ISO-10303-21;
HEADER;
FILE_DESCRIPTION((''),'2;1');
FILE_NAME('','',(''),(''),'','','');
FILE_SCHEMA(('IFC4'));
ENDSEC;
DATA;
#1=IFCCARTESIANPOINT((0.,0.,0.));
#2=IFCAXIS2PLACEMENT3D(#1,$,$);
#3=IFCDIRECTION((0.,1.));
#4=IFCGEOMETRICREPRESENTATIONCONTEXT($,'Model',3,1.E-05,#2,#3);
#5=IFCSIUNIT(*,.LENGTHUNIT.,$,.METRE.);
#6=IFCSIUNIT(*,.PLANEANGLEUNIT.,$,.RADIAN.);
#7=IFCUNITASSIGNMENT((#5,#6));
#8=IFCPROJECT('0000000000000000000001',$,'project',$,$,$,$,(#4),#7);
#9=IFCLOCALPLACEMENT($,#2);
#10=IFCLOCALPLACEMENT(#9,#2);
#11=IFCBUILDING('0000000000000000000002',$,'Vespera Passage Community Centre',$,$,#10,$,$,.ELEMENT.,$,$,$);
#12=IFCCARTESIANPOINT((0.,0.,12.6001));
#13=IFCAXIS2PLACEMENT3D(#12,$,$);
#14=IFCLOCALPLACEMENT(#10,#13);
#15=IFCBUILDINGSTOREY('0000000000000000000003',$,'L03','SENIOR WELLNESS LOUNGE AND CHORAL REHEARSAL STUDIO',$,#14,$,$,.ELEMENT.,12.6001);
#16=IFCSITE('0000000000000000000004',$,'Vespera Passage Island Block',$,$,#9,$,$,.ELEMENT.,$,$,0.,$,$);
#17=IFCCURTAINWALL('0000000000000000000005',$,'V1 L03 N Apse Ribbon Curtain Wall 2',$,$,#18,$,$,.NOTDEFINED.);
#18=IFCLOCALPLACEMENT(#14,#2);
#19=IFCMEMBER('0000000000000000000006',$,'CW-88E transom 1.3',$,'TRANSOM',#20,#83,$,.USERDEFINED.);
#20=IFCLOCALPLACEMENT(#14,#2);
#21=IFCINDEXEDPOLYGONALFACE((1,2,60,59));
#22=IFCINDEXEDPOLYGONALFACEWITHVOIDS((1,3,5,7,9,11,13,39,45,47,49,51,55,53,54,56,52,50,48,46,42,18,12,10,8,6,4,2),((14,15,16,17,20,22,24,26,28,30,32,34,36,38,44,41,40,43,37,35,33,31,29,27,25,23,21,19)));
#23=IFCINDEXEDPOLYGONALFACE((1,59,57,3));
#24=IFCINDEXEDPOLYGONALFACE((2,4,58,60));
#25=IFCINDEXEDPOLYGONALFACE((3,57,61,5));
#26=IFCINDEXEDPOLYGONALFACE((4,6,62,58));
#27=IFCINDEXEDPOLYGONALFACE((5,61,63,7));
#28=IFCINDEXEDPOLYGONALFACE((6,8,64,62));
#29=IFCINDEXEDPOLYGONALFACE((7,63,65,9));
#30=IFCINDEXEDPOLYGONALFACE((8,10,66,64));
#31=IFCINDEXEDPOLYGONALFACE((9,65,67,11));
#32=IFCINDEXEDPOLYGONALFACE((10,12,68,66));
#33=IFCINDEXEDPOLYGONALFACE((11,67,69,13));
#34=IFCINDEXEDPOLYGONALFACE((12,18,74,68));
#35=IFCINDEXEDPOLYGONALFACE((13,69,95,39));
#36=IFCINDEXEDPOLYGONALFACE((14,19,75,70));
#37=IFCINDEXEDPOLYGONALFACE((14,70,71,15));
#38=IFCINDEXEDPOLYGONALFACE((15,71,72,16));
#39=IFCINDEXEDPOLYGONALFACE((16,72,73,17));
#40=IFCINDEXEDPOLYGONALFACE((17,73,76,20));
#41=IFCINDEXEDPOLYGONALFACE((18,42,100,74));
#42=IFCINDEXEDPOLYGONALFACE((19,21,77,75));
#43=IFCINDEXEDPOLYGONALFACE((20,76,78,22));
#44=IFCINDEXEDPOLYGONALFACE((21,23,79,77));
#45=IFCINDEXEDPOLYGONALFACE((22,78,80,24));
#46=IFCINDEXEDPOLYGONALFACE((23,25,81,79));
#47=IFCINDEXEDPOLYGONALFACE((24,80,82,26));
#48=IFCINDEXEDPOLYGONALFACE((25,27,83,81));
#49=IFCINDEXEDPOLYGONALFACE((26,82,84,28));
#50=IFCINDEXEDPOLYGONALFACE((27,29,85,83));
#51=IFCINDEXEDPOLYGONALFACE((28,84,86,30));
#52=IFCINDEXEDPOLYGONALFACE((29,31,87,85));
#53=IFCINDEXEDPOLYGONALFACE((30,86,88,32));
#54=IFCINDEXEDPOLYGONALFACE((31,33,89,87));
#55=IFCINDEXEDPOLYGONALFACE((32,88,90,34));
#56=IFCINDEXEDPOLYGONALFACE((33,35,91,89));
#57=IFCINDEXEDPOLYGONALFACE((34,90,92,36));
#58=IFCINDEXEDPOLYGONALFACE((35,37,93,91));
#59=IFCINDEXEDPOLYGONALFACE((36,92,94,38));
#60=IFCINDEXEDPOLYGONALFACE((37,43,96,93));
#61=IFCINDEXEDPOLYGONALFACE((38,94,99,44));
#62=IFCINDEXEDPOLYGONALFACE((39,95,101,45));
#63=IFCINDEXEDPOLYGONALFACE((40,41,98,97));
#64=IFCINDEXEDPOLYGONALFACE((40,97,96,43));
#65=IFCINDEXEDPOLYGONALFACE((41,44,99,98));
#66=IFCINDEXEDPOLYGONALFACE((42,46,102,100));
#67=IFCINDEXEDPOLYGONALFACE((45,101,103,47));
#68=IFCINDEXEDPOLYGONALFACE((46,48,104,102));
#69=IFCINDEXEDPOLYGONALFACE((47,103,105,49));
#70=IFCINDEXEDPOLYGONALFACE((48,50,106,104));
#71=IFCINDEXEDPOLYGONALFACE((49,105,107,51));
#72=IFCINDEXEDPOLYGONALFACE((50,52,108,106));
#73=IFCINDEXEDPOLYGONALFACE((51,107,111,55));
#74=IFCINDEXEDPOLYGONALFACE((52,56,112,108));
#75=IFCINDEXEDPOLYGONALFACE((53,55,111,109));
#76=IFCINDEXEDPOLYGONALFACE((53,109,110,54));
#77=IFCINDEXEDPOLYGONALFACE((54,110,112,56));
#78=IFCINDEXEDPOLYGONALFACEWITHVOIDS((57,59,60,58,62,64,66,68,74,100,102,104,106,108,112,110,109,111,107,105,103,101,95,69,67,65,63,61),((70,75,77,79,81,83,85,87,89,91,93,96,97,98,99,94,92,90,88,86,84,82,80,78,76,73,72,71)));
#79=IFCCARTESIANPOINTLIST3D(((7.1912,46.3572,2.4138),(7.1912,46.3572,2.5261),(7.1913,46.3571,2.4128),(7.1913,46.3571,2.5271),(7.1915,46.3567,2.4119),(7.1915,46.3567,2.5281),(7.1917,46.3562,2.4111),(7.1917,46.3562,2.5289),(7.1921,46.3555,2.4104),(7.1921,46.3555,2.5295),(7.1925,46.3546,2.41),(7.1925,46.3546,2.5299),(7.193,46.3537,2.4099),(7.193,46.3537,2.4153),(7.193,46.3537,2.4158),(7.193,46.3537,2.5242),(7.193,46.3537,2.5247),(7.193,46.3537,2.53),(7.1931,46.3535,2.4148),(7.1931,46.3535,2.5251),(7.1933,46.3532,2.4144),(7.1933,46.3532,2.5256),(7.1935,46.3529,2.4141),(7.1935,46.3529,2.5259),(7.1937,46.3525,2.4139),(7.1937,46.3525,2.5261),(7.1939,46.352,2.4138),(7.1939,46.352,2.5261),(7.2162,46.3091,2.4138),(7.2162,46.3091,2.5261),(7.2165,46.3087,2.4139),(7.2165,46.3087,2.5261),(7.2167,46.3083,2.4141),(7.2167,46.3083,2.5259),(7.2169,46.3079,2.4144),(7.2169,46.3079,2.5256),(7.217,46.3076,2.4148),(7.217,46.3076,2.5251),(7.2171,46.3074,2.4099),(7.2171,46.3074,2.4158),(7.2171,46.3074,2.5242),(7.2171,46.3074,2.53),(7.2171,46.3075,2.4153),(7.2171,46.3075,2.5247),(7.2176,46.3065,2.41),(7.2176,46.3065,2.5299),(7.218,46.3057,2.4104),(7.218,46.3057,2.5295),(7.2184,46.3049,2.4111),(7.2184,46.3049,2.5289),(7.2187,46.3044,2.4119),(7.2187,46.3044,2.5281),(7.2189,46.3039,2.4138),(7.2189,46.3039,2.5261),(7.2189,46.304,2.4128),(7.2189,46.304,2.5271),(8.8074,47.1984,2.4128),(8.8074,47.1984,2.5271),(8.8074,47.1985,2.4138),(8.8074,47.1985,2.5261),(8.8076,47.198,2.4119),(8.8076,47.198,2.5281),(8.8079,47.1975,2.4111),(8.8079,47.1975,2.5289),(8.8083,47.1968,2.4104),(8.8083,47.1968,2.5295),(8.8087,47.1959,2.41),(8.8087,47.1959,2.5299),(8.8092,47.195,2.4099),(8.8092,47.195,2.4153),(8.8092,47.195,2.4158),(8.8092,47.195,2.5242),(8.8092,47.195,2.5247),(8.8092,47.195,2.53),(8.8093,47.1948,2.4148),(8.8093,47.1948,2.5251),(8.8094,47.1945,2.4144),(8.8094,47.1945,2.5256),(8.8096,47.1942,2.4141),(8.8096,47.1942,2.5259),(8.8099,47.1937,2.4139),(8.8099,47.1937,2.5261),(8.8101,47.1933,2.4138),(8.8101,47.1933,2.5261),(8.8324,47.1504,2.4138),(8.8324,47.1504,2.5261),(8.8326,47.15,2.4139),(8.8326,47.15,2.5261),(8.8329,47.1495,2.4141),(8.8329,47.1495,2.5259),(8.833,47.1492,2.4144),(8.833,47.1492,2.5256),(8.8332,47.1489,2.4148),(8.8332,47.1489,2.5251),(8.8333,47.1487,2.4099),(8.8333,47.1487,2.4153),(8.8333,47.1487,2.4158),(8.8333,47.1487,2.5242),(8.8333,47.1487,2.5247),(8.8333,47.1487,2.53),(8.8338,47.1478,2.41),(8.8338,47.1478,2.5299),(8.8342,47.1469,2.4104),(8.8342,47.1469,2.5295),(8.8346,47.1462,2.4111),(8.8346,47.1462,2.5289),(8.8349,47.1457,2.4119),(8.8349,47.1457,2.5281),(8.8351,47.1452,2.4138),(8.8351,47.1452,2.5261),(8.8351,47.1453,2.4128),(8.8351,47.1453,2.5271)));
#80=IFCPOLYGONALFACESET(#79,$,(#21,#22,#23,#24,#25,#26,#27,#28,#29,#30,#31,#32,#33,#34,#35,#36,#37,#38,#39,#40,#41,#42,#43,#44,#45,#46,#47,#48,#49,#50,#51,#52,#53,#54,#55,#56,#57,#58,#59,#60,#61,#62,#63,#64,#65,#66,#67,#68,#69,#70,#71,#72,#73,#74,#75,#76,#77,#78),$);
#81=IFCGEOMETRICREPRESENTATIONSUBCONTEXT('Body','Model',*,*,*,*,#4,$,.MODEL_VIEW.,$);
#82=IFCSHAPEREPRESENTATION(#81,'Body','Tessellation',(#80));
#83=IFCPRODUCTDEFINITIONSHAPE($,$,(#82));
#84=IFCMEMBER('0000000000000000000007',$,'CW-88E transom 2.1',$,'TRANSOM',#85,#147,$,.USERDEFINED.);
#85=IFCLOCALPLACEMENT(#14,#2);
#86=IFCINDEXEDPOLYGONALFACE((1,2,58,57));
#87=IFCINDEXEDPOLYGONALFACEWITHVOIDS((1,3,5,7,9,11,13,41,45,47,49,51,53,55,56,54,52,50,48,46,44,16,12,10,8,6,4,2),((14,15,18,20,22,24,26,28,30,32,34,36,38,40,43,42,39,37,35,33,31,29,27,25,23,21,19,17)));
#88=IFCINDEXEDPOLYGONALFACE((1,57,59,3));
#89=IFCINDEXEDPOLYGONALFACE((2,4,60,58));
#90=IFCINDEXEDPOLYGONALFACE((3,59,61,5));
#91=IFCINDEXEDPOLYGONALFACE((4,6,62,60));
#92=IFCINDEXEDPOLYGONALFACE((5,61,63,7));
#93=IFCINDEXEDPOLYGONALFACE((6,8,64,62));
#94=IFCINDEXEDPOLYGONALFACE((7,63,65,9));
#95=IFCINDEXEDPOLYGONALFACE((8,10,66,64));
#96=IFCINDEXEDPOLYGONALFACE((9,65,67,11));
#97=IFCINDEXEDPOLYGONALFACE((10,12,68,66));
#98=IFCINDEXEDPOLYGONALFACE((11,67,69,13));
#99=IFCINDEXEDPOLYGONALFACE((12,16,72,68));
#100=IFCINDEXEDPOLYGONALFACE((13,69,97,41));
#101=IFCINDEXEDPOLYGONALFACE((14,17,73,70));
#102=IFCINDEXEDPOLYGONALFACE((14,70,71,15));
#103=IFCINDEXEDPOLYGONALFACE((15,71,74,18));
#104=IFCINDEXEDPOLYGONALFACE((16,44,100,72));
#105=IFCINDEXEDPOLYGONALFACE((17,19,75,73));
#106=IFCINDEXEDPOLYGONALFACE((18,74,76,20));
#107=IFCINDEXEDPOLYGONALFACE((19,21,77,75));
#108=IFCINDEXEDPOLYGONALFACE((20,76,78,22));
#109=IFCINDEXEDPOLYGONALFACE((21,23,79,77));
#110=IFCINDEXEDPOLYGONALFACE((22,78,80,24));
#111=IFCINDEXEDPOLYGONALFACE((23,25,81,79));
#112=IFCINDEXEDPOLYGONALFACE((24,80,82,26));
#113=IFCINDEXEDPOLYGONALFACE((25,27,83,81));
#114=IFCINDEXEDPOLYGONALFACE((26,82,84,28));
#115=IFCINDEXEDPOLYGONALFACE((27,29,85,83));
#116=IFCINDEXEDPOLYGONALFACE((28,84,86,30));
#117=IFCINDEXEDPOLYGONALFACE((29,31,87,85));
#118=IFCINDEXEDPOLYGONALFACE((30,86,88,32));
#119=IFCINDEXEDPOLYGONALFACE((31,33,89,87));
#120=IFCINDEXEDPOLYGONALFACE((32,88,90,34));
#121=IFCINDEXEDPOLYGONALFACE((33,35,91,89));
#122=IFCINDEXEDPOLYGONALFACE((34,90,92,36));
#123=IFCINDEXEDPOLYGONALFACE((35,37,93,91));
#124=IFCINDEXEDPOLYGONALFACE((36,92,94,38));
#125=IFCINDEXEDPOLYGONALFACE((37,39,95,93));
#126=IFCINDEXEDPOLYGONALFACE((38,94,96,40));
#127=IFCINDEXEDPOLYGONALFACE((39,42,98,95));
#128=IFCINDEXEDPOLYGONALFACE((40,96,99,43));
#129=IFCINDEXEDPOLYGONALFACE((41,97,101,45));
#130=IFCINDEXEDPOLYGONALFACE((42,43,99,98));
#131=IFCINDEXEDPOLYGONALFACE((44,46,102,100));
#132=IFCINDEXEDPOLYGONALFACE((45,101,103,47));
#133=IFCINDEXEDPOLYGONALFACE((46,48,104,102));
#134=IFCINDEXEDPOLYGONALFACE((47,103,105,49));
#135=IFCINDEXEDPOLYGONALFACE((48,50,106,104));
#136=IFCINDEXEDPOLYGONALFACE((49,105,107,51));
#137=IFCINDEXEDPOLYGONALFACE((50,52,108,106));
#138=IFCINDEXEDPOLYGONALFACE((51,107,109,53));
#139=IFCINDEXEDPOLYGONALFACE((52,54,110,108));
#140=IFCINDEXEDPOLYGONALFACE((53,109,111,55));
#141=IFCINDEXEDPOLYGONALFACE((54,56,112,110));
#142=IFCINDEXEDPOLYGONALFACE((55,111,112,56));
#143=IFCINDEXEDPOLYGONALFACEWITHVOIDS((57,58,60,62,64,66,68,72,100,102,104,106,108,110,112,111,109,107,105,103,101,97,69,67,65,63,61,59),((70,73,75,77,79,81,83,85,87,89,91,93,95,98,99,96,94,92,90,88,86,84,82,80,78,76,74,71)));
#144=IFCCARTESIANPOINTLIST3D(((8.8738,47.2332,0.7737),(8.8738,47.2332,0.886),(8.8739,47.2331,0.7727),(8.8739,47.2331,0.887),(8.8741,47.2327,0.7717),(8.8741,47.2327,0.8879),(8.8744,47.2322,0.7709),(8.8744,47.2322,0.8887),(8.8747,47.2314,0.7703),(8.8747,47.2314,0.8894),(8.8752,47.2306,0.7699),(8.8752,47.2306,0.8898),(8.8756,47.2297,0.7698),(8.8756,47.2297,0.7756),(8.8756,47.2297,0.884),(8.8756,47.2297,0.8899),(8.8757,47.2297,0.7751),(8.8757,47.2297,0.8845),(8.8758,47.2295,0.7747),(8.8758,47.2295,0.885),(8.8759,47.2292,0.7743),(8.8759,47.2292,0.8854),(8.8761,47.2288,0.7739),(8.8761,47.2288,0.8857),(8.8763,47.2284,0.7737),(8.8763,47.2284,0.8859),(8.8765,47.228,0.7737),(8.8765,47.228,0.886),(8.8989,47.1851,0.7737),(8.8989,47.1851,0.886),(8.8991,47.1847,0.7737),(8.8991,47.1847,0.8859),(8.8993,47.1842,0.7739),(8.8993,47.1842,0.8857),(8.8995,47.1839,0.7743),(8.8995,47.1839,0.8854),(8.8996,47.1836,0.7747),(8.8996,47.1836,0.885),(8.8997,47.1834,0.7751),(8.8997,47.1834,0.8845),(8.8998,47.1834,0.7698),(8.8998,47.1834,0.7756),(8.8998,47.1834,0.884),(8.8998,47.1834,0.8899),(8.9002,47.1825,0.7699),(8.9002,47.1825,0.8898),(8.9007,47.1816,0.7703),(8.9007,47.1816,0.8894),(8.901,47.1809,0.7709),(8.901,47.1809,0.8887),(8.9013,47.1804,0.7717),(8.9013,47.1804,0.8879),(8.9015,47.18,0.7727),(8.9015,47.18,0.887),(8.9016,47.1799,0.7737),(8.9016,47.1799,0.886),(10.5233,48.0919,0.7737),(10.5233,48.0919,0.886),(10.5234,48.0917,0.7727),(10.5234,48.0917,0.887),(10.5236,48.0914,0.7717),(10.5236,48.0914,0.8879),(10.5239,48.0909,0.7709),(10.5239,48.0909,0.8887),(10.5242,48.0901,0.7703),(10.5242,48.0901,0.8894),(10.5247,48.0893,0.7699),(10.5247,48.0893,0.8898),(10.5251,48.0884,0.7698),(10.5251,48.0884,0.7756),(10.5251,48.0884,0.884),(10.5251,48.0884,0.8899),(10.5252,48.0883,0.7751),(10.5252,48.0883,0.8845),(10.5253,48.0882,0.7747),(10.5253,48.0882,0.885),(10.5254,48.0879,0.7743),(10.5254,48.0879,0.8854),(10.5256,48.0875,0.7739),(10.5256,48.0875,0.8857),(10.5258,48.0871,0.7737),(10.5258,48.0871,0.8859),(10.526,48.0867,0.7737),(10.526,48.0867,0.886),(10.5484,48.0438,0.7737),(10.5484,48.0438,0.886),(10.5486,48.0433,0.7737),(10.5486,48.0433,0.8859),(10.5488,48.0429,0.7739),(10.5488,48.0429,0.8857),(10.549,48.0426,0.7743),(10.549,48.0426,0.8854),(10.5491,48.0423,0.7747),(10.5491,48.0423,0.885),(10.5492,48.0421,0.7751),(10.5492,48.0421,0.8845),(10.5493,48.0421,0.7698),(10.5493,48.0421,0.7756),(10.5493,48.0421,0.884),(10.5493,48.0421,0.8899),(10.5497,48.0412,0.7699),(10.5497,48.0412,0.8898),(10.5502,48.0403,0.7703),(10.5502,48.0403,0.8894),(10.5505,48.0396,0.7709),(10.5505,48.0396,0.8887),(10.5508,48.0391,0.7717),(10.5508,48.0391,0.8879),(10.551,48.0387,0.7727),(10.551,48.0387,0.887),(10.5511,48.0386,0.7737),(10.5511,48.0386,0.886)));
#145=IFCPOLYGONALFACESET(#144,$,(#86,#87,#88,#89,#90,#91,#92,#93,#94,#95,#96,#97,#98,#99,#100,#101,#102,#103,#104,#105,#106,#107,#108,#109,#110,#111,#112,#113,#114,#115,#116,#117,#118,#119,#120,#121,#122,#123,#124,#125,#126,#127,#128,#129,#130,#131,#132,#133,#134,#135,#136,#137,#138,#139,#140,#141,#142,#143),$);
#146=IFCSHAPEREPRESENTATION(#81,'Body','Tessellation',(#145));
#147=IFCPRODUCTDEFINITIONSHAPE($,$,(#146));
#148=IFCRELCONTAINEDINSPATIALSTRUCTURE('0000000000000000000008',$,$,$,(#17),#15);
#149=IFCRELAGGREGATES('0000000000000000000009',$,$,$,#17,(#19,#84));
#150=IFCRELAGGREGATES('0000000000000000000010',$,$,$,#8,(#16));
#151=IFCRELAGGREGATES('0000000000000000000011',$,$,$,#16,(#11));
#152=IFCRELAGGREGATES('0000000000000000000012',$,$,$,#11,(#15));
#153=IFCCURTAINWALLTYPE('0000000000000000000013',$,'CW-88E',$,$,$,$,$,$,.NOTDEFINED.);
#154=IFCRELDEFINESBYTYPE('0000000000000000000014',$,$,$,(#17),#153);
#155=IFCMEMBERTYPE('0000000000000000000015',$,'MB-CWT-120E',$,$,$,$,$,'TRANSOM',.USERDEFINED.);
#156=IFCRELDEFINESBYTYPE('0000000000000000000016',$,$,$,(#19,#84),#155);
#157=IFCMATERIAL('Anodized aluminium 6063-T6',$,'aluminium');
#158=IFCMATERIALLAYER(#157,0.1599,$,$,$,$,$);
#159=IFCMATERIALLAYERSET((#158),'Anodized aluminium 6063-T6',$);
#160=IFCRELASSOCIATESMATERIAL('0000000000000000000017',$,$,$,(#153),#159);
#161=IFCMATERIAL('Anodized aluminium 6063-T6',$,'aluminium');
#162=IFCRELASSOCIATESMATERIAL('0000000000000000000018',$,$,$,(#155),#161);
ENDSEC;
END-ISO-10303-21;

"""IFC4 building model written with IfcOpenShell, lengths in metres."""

from ifc_helpers import new_model, si_unit, direction, frame, origin, origin_2d, place, context, subcontext, project, spatial, hollow_rectangle, extrude, material, layer, layer_set, material_profile, profile_set, type_object, element, aggregate, save


model = new_model("IFC4")

# Units and contexts
model_context = context("Model", 3, precision=1e-05, world=origin(), true_north=direction((0.0, 1.0)))
body_context = subcontext(model_context, "Body", "Model", "MODEL_VIEW")
ifc_project = project(units=[si_unit("LENGTHUNIT", "METRE"), si_unit("PLANEANGLEUNIT", "RADIAN")], contexts=[model_context])

# Site, building, storey
site_placement = place(None, origin())
site = spatial("IfcSite", under=ifc_project, at=site_placement, Name="Vespera Passage Island Block", CompositionType="ELEMENT", RefElevation=0.0)
building_placement = place(site_placement, origin())
building = spatial("IfcBuilding", under=site, at=building_placement, Name="Vespera Passage Community Centre", CompositionType="ELEMENT")
storey_placement = place(building_placement, frame((0.0, 0.0, 12.6001)))
storey = spatial("IfcBuildingStorey", under=building, at=storey_placement, Name="L03", Description="SENIOR WELLNESS LOUNGE AND CHORAL REHEARSAL STUDIO", CompositionType="ELEMENT", Elevation=12.6001)

# Curtain wall, members
ifc_material_1 = material(Name="Anodized aluminium 6063-T6", Category="aluminium")
ifc_layer_1 = layer(ifc_material_1, 0.1599)
ifc_layer_set_1 = layer_set([ifc_layer_1], Name="Anodized aluminium 6063-T6")
curtain_wall_type = type_object("IfcCurtainWallType", Name="CW-88E", PredefinedType="NOTDEFINED", material=ifc_layer_set_1)
curtain_wall_placement = place(storey_placement, origin())
curtain_wall = element("IfcCurtainWall", 1, at=curtain_wall_placement, inside=storey, type_object=curtain_wall_type, Name="V1 L03 N Apse Ribbon Curtain Wall 2", PredefinedType="NOTDEFINED")
ifc_material_2 = material(Name="Anodized aluminium 6063-T6", Category="aluminium")
ifc_material_profile_1 = material_profile(ifc_material_2, hollow_rectangle(XDim=0.0601, YDim=0.1201, WallThickness=0.0039, InnerFilletRadius=0.002, OuterFilletRadius=0.0039, at=origin_2d()), Name="ALU120X60X4")
ifc_profile_set_1 = profile_set([ifc_material_profile_1], Name="Anodized aluminium 6063-T6")
member_type_1 = type_object("IfcMemberType", Name="MB-CWT-120E", ElementType="TRANSOM", PredefinedType="USERDEFINED", material=ifc_profile_set_1)
member_1_placement = place(storey_placement, frame((7.2051, 46.3306, 2.47), z_axis=(0.887019, 0.461732, 0.0), x_axis=(-0.461732, 0.887019, 0.0)))
member_1 = element("IfcMember", 2, at=member_1_placement, type_object=member_type_1, Name="CW-88E transom 1.3", ObjectType="TRANSOM", PredefinedType="USERDEFINED", context=body_context, shape_type="SweptSolid", body=[
    extrude(hollow_rectangle(XDim=0.0601, YDim=0.1201, WallThickness=0.0039, InnerFilletRadius=0.002, OuterFilletRadius=0.0039, at=origin_2d()), origin(), (0.0, 0.0, 1.0), 1.822),
])
member_2_placement = place(storey_placement, frame((8.8877, 47.2065, 0.8298), z_axis=(0.887008, 0.461754, 0.0), x_axis=(-0.461754, 0.887008, 0.0)))
member_2 = element("IfcMember", 3, at=member_2_placement, type_object=member_type_1, Name="CW-88E transom 2.1", ObjectType="TRANSOM", PredefinedType="USERDEFINED", context=body_context, shape_type="SweptSolid", body=[
    extrude(hollow_rectangle(XDim=0.0601, YDim=0.1201, WallThickness=0.0039, InnerFilletRadius=0.002, OuterFilletRadius=0.0039, at=origin_2d()), origin(), (0.0, 0.0, 1.0), 1.8596),
])
aggregate(curtain_wall, [member_1, member_2])

save(model, "model.ifc")
